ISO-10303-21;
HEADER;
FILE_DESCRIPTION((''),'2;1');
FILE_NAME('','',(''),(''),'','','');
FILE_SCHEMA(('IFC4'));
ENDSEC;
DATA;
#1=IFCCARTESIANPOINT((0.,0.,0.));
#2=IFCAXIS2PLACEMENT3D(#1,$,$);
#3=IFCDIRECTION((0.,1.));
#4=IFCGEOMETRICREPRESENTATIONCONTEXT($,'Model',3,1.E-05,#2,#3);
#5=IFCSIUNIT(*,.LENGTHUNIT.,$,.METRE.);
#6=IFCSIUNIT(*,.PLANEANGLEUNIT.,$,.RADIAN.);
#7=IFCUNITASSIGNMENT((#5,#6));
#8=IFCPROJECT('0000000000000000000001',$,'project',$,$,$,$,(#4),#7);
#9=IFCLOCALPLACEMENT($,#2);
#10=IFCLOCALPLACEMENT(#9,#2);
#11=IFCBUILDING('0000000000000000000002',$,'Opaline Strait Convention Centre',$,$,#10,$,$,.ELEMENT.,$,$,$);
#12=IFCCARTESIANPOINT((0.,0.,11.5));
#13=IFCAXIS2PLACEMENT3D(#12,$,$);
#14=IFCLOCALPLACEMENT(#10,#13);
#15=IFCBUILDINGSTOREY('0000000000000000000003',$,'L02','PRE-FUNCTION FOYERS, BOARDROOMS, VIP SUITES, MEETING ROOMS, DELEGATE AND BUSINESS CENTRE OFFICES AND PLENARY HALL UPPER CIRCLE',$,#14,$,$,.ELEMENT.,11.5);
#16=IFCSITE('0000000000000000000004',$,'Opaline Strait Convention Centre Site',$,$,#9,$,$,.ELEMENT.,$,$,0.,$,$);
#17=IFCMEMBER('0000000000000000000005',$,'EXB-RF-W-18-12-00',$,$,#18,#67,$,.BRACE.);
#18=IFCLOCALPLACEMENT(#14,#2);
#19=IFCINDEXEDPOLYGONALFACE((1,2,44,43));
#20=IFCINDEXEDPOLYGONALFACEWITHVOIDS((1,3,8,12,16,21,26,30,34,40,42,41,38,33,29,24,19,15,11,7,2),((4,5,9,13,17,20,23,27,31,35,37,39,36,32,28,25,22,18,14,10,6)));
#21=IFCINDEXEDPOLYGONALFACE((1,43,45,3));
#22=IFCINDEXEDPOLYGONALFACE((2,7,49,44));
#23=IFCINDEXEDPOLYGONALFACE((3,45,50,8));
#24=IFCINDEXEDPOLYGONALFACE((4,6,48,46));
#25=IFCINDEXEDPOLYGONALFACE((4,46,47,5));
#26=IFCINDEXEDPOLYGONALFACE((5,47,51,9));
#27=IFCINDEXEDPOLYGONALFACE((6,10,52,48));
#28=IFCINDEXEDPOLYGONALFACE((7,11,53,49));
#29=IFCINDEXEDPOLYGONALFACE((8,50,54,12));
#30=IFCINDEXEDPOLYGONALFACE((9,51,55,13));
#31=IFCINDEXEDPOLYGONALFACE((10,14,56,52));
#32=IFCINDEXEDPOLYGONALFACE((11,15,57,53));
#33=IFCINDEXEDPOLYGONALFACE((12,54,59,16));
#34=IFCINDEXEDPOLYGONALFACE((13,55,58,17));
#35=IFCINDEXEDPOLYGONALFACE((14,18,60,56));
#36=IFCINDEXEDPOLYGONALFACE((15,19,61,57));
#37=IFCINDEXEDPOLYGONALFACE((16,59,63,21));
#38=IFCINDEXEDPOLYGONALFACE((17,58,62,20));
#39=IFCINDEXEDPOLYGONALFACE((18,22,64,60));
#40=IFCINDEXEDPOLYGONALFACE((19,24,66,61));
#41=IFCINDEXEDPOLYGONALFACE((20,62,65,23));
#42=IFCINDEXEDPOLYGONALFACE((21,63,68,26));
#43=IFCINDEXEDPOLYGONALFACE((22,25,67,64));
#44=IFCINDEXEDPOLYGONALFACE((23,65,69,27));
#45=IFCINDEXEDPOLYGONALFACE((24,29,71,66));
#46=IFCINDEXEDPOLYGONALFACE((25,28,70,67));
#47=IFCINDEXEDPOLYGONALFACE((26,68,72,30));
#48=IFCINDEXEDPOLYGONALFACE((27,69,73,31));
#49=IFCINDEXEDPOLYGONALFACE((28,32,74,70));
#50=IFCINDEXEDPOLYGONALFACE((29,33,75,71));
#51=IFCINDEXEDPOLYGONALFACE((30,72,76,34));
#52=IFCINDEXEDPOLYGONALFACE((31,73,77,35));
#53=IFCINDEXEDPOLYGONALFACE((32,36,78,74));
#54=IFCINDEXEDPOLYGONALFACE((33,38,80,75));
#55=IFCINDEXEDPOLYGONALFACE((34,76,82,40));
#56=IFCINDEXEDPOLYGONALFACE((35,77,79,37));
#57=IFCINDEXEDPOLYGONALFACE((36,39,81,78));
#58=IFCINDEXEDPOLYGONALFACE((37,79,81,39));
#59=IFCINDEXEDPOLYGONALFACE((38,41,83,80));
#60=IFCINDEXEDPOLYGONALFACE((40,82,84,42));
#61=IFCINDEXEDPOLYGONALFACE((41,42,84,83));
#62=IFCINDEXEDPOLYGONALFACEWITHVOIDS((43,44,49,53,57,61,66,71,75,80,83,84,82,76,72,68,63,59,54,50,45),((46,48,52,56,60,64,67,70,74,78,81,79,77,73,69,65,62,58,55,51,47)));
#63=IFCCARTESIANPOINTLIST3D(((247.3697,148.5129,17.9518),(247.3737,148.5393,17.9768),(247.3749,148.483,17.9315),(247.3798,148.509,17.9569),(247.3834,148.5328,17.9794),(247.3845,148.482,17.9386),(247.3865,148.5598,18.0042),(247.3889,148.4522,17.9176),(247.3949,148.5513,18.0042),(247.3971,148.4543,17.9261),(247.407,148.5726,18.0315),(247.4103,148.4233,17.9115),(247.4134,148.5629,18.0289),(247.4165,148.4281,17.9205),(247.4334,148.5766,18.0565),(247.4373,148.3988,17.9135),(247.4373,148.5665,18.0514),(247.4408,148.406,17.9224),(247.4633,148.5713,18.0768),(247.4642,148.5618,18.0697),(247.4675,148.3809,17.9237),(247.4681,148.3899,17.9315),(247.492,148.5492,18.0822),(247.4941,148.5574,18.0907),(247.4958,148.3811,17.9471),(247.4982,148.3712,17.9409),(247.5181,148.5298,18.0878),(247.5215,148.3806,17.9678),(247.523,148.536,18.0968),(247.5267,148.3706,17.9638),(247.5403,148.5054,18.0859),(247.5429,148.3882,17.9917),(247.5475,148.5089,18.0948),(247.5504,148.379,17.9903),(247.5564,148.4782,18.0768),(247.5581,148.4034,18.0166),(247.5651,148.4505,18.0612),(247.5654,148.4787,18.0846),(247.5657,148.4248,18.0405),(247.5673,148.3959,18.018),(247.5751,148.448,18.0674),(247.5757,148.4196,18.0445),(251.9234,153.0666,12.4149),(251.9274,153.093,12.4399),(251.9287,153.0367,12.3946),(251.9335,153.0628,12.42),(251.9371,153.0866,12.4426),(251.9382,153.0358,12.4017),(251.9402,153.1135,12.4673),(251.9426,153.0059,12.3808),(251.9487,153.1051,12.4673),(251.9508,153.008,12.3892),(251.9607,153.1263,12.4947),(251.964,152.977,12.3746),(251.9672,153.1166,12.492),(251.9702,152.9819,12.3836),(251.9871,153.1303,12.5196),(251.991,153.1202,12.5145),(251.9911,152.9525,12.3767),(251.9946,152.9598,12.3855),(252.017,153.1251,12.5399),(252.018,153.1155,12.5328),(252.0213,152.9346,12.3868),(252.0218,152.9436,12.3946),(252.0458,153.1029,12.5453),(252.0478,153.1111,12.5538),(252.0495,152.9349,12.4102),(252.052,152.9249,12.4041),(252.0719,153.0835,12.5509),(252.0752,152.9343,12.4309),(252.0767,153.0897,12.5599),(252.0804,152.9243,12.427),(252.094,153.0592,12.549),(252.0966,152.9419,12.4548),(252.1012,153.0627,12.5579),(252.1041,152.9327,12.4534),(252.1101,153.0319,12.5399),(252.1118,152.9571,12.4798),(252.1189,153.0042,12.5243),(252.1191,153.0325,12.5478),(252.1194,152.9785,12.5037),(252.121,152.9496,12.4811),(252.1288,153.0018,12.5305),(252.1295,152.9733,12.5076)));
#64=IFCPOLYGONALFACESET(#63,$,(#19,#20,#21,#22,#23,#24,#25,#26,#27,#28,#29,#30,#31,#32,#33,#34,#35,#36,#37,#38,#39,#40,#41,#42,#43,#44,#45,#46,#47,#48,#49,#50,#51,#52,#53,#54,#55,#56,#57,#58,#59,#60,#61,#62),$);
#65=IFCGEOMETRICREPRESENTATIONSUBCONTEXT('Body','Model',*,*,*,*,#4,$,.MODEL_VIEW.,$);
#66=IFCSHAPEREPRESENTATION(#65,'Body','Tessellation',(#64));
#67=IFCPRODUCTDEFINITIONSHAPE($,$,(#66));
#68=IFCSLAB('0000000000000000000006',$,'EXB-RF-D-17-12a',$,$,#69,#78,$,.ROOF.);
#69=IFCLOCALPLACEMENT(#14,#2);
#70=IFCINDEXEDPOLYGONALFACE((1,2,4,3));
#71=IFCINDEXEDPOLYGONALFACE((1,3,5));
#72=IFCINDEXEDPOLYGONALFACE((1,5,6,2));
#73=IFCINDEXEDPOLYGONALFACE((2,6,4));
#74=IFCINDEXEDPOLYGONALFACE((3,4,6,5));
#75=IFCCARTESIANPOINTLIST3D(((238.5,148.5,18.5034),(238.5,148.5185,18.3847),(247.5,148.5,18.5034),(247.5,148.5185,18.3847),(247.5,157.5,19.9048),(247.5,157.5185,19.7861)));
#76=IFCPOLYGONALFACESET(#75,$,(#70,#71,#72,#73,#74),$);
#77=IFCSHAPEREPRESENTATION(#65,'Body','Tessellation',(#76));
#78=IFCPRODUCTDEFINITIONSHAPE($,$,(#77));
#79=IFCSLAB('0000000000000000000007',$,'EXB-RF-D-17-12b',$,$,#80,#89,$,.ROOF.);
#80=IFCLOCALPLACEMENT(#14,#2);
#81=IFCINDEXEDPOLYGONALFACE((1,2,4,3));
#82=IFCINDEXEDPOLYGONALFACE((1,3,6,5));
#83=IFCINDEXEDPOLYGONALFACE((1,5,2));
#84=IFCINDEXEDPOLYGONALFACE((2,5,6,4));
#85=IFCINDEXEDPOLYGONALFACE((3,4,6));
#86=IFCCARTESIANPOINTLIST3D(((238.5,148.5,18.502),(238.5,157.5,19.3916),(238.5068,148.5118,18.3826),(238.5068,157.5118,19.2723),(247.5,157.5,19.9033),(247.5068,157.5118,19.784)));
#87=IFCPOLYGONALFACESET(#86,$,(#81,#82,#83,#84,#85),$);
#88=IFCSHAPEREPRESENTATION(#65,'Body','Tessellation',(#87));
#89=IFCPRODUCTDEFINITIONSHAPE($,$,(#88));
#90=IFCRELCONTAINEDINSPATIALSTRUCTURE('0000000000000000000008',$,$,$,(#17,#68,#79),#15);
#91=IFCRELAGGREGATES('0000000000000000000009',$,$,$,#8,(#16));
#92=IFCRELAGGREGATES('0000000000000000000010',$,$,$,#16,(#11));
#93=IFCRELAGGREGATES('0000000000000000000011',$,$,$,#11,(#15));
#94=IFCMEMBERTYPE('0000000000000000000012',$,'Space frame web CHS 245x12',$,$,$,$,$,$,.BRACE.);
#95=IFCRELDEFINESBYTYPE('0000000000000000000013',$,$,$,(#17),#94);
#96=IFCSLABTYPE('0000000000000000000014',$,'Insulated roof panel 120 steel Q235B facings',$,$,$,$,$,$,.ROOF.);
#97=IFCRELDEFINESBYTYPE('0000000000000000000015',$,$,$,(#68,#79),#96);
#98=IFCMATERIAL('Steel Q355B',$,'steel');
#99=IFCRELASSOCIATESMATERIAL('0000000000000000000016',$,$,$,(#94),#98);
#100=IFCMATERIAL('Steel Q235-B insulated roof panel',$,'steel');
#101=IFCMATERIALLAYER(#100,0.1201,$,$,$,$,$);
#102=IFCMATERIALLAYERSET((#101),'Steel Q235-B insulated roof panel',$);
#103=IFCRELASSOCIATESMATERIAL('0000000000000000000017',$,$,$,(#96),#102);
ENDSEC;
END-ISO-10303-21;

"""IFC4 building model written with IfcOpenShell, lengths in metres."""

from ifc_helpers import new_model, si_unit, direction, frame, origin, origin_2d, place, context, subcontext, project, spatial, polyline, hollow_circle, outline, extrude, material, layer, layer_set, material_profile, profile_set, type_object, element, save


model = new_model("IFC4")

# Units and contexts
model_context = context("Model", 3, precision=1e-05, world=origin(), true_north=direction((0.0, 1.0)))
body_context = subcontext(model_context, "Body", "Model", "MODEL_VIEW")
ifc_project = project(units=[si_unit("LENGTHUNIT", "METRE"), si_unit("PLANEANGLEUNIT", "RADIAN")], contexts=[model_context])

# Site, building, storey
site_placement = place(None, origin())
site = spatial("IfcSite", under=ifc_project, at=site_placement, Name="Opaline Strait Convention Centre Site", CompositionType="ELEMENT", RefElevation=0.0)
building_placement = place(site_placement, origin())
building = spatial("IfcBuilding", under=site, at=building_placement, Name="Opaline Strait Convention Centre", CompositionType="ELEMENT")
storey_placement = place(building_placement, frame((0.0, 0.0, 11.5)))
storey = spatial("IfcBuildingStorey", under=building, at=storey_placement, Name="L02", Description="PRE-FUNCTION FOYERS, BOARDROOMS, VIP SUITES, MEETING ROOMS, DELEGATE AND BUSINESS CENTRE OFFICES AND PLENARY HALL UPPER CIRCLE", CompositionType="ELEMENT", Elevation=11.5)

# Member
ifc_material_1 = material(Name="Steel Q355B", Category="steel")
ifc_material_profile_1 = material_profile(ifc_material_1, hollow_circle(Radius=0.1226, WallThickness=0.012, at=origin_2d()), Name="CHS 245x12")
ifc_profile_set_1 = profile_set([ifc_material_profile_1], Name="Steel Q355B")
member_type_1 = type_object("IfcMemberType", Name="Space frame web CHS 245x12", PredefinedType="BRACE", material=ifc_profile_set_1)
for number, where, z_axis, x_axis, name in (
    (1, (247.4731, 148.4731, 18.0042), (0.536178, 0.536178, -0.65194), (-0.707107, 0.707107, 0.0), "EXB-RF-W-18-12-00"),
):
    element("IfcMember", number, at=place(storey_placement, frame(where, z_axis=z_axis, x_axis=x_axis)), inside=storey, type_object=member_type_1, Name=name, PredefinedType="BRACE", context=body_context, shape_type="SweptSolid", body=[
        extrude(hollow_circle(Radius=0.1226, WallThickness=0.012, at=origin_2d()), origin(), (0.0, 0.0, 1.0), 8.4929),
    ])

# Slabs
ifc_material_2 = material(Name="Steel Q235-B insulated roof panel", Category="steel")
ifc_layer = layer(ifc_material_2, 0.1201)
ifc_layer_set = layer_set([ifc_layer], Name="Steel Q235-B insulated roof panel")
slab_type = type_object("IfcSlabType", Name="Insulated roof panel 120 steel Q235B facings", PredefinedType="ROOF", material=ifc_layer_set)
slab_1_placement = place(storey_placement, frame((238.5, 148.5, 18.5034), z_axis=(0.0, -0.153854, 0.988094), x_axis=(1.0, 0.0, 0.0)))
element("IfcSlab", 2, at=slab_1_placement, inside=storey, type_object=slab_type, Name="EXB-RF-D-17-12a", PredefinedType="ROOF", context=body_context, shape_type="SweptSolid", body=[
    extrude(outline(polyline([(0.0, 0.0), (9.0, 0.0), (9.0, 9.1084), (0.0, 0.0)])), origin(), (0.0, 0.0, -1.0), 0.1201),
])
slab_2_placement = place(storey_placement, frame((238.5, 148.5, 18.502), z_axis=(-0.056492, -0.098213, 0.993561), x_axis=(0.702859, 0.702859, 0.10944)))
element("IfcSlab", 3, at=slab_2_placement, inside=storey, type_object=slab_type, Name="EXB-RF-D-17-12b", PredefinedType="ROOF", context=body_context, shape_type="SweptSolid", body=[
    extrude(outline(polyline([(0.0, 0.0), (12.8048, 0.0), (6.4231, 6.3667), (0.0, 0.0)])), origin(), (0.0, 0.0, -1.0), 0.1201),
])

save(model, "model.ifc")
